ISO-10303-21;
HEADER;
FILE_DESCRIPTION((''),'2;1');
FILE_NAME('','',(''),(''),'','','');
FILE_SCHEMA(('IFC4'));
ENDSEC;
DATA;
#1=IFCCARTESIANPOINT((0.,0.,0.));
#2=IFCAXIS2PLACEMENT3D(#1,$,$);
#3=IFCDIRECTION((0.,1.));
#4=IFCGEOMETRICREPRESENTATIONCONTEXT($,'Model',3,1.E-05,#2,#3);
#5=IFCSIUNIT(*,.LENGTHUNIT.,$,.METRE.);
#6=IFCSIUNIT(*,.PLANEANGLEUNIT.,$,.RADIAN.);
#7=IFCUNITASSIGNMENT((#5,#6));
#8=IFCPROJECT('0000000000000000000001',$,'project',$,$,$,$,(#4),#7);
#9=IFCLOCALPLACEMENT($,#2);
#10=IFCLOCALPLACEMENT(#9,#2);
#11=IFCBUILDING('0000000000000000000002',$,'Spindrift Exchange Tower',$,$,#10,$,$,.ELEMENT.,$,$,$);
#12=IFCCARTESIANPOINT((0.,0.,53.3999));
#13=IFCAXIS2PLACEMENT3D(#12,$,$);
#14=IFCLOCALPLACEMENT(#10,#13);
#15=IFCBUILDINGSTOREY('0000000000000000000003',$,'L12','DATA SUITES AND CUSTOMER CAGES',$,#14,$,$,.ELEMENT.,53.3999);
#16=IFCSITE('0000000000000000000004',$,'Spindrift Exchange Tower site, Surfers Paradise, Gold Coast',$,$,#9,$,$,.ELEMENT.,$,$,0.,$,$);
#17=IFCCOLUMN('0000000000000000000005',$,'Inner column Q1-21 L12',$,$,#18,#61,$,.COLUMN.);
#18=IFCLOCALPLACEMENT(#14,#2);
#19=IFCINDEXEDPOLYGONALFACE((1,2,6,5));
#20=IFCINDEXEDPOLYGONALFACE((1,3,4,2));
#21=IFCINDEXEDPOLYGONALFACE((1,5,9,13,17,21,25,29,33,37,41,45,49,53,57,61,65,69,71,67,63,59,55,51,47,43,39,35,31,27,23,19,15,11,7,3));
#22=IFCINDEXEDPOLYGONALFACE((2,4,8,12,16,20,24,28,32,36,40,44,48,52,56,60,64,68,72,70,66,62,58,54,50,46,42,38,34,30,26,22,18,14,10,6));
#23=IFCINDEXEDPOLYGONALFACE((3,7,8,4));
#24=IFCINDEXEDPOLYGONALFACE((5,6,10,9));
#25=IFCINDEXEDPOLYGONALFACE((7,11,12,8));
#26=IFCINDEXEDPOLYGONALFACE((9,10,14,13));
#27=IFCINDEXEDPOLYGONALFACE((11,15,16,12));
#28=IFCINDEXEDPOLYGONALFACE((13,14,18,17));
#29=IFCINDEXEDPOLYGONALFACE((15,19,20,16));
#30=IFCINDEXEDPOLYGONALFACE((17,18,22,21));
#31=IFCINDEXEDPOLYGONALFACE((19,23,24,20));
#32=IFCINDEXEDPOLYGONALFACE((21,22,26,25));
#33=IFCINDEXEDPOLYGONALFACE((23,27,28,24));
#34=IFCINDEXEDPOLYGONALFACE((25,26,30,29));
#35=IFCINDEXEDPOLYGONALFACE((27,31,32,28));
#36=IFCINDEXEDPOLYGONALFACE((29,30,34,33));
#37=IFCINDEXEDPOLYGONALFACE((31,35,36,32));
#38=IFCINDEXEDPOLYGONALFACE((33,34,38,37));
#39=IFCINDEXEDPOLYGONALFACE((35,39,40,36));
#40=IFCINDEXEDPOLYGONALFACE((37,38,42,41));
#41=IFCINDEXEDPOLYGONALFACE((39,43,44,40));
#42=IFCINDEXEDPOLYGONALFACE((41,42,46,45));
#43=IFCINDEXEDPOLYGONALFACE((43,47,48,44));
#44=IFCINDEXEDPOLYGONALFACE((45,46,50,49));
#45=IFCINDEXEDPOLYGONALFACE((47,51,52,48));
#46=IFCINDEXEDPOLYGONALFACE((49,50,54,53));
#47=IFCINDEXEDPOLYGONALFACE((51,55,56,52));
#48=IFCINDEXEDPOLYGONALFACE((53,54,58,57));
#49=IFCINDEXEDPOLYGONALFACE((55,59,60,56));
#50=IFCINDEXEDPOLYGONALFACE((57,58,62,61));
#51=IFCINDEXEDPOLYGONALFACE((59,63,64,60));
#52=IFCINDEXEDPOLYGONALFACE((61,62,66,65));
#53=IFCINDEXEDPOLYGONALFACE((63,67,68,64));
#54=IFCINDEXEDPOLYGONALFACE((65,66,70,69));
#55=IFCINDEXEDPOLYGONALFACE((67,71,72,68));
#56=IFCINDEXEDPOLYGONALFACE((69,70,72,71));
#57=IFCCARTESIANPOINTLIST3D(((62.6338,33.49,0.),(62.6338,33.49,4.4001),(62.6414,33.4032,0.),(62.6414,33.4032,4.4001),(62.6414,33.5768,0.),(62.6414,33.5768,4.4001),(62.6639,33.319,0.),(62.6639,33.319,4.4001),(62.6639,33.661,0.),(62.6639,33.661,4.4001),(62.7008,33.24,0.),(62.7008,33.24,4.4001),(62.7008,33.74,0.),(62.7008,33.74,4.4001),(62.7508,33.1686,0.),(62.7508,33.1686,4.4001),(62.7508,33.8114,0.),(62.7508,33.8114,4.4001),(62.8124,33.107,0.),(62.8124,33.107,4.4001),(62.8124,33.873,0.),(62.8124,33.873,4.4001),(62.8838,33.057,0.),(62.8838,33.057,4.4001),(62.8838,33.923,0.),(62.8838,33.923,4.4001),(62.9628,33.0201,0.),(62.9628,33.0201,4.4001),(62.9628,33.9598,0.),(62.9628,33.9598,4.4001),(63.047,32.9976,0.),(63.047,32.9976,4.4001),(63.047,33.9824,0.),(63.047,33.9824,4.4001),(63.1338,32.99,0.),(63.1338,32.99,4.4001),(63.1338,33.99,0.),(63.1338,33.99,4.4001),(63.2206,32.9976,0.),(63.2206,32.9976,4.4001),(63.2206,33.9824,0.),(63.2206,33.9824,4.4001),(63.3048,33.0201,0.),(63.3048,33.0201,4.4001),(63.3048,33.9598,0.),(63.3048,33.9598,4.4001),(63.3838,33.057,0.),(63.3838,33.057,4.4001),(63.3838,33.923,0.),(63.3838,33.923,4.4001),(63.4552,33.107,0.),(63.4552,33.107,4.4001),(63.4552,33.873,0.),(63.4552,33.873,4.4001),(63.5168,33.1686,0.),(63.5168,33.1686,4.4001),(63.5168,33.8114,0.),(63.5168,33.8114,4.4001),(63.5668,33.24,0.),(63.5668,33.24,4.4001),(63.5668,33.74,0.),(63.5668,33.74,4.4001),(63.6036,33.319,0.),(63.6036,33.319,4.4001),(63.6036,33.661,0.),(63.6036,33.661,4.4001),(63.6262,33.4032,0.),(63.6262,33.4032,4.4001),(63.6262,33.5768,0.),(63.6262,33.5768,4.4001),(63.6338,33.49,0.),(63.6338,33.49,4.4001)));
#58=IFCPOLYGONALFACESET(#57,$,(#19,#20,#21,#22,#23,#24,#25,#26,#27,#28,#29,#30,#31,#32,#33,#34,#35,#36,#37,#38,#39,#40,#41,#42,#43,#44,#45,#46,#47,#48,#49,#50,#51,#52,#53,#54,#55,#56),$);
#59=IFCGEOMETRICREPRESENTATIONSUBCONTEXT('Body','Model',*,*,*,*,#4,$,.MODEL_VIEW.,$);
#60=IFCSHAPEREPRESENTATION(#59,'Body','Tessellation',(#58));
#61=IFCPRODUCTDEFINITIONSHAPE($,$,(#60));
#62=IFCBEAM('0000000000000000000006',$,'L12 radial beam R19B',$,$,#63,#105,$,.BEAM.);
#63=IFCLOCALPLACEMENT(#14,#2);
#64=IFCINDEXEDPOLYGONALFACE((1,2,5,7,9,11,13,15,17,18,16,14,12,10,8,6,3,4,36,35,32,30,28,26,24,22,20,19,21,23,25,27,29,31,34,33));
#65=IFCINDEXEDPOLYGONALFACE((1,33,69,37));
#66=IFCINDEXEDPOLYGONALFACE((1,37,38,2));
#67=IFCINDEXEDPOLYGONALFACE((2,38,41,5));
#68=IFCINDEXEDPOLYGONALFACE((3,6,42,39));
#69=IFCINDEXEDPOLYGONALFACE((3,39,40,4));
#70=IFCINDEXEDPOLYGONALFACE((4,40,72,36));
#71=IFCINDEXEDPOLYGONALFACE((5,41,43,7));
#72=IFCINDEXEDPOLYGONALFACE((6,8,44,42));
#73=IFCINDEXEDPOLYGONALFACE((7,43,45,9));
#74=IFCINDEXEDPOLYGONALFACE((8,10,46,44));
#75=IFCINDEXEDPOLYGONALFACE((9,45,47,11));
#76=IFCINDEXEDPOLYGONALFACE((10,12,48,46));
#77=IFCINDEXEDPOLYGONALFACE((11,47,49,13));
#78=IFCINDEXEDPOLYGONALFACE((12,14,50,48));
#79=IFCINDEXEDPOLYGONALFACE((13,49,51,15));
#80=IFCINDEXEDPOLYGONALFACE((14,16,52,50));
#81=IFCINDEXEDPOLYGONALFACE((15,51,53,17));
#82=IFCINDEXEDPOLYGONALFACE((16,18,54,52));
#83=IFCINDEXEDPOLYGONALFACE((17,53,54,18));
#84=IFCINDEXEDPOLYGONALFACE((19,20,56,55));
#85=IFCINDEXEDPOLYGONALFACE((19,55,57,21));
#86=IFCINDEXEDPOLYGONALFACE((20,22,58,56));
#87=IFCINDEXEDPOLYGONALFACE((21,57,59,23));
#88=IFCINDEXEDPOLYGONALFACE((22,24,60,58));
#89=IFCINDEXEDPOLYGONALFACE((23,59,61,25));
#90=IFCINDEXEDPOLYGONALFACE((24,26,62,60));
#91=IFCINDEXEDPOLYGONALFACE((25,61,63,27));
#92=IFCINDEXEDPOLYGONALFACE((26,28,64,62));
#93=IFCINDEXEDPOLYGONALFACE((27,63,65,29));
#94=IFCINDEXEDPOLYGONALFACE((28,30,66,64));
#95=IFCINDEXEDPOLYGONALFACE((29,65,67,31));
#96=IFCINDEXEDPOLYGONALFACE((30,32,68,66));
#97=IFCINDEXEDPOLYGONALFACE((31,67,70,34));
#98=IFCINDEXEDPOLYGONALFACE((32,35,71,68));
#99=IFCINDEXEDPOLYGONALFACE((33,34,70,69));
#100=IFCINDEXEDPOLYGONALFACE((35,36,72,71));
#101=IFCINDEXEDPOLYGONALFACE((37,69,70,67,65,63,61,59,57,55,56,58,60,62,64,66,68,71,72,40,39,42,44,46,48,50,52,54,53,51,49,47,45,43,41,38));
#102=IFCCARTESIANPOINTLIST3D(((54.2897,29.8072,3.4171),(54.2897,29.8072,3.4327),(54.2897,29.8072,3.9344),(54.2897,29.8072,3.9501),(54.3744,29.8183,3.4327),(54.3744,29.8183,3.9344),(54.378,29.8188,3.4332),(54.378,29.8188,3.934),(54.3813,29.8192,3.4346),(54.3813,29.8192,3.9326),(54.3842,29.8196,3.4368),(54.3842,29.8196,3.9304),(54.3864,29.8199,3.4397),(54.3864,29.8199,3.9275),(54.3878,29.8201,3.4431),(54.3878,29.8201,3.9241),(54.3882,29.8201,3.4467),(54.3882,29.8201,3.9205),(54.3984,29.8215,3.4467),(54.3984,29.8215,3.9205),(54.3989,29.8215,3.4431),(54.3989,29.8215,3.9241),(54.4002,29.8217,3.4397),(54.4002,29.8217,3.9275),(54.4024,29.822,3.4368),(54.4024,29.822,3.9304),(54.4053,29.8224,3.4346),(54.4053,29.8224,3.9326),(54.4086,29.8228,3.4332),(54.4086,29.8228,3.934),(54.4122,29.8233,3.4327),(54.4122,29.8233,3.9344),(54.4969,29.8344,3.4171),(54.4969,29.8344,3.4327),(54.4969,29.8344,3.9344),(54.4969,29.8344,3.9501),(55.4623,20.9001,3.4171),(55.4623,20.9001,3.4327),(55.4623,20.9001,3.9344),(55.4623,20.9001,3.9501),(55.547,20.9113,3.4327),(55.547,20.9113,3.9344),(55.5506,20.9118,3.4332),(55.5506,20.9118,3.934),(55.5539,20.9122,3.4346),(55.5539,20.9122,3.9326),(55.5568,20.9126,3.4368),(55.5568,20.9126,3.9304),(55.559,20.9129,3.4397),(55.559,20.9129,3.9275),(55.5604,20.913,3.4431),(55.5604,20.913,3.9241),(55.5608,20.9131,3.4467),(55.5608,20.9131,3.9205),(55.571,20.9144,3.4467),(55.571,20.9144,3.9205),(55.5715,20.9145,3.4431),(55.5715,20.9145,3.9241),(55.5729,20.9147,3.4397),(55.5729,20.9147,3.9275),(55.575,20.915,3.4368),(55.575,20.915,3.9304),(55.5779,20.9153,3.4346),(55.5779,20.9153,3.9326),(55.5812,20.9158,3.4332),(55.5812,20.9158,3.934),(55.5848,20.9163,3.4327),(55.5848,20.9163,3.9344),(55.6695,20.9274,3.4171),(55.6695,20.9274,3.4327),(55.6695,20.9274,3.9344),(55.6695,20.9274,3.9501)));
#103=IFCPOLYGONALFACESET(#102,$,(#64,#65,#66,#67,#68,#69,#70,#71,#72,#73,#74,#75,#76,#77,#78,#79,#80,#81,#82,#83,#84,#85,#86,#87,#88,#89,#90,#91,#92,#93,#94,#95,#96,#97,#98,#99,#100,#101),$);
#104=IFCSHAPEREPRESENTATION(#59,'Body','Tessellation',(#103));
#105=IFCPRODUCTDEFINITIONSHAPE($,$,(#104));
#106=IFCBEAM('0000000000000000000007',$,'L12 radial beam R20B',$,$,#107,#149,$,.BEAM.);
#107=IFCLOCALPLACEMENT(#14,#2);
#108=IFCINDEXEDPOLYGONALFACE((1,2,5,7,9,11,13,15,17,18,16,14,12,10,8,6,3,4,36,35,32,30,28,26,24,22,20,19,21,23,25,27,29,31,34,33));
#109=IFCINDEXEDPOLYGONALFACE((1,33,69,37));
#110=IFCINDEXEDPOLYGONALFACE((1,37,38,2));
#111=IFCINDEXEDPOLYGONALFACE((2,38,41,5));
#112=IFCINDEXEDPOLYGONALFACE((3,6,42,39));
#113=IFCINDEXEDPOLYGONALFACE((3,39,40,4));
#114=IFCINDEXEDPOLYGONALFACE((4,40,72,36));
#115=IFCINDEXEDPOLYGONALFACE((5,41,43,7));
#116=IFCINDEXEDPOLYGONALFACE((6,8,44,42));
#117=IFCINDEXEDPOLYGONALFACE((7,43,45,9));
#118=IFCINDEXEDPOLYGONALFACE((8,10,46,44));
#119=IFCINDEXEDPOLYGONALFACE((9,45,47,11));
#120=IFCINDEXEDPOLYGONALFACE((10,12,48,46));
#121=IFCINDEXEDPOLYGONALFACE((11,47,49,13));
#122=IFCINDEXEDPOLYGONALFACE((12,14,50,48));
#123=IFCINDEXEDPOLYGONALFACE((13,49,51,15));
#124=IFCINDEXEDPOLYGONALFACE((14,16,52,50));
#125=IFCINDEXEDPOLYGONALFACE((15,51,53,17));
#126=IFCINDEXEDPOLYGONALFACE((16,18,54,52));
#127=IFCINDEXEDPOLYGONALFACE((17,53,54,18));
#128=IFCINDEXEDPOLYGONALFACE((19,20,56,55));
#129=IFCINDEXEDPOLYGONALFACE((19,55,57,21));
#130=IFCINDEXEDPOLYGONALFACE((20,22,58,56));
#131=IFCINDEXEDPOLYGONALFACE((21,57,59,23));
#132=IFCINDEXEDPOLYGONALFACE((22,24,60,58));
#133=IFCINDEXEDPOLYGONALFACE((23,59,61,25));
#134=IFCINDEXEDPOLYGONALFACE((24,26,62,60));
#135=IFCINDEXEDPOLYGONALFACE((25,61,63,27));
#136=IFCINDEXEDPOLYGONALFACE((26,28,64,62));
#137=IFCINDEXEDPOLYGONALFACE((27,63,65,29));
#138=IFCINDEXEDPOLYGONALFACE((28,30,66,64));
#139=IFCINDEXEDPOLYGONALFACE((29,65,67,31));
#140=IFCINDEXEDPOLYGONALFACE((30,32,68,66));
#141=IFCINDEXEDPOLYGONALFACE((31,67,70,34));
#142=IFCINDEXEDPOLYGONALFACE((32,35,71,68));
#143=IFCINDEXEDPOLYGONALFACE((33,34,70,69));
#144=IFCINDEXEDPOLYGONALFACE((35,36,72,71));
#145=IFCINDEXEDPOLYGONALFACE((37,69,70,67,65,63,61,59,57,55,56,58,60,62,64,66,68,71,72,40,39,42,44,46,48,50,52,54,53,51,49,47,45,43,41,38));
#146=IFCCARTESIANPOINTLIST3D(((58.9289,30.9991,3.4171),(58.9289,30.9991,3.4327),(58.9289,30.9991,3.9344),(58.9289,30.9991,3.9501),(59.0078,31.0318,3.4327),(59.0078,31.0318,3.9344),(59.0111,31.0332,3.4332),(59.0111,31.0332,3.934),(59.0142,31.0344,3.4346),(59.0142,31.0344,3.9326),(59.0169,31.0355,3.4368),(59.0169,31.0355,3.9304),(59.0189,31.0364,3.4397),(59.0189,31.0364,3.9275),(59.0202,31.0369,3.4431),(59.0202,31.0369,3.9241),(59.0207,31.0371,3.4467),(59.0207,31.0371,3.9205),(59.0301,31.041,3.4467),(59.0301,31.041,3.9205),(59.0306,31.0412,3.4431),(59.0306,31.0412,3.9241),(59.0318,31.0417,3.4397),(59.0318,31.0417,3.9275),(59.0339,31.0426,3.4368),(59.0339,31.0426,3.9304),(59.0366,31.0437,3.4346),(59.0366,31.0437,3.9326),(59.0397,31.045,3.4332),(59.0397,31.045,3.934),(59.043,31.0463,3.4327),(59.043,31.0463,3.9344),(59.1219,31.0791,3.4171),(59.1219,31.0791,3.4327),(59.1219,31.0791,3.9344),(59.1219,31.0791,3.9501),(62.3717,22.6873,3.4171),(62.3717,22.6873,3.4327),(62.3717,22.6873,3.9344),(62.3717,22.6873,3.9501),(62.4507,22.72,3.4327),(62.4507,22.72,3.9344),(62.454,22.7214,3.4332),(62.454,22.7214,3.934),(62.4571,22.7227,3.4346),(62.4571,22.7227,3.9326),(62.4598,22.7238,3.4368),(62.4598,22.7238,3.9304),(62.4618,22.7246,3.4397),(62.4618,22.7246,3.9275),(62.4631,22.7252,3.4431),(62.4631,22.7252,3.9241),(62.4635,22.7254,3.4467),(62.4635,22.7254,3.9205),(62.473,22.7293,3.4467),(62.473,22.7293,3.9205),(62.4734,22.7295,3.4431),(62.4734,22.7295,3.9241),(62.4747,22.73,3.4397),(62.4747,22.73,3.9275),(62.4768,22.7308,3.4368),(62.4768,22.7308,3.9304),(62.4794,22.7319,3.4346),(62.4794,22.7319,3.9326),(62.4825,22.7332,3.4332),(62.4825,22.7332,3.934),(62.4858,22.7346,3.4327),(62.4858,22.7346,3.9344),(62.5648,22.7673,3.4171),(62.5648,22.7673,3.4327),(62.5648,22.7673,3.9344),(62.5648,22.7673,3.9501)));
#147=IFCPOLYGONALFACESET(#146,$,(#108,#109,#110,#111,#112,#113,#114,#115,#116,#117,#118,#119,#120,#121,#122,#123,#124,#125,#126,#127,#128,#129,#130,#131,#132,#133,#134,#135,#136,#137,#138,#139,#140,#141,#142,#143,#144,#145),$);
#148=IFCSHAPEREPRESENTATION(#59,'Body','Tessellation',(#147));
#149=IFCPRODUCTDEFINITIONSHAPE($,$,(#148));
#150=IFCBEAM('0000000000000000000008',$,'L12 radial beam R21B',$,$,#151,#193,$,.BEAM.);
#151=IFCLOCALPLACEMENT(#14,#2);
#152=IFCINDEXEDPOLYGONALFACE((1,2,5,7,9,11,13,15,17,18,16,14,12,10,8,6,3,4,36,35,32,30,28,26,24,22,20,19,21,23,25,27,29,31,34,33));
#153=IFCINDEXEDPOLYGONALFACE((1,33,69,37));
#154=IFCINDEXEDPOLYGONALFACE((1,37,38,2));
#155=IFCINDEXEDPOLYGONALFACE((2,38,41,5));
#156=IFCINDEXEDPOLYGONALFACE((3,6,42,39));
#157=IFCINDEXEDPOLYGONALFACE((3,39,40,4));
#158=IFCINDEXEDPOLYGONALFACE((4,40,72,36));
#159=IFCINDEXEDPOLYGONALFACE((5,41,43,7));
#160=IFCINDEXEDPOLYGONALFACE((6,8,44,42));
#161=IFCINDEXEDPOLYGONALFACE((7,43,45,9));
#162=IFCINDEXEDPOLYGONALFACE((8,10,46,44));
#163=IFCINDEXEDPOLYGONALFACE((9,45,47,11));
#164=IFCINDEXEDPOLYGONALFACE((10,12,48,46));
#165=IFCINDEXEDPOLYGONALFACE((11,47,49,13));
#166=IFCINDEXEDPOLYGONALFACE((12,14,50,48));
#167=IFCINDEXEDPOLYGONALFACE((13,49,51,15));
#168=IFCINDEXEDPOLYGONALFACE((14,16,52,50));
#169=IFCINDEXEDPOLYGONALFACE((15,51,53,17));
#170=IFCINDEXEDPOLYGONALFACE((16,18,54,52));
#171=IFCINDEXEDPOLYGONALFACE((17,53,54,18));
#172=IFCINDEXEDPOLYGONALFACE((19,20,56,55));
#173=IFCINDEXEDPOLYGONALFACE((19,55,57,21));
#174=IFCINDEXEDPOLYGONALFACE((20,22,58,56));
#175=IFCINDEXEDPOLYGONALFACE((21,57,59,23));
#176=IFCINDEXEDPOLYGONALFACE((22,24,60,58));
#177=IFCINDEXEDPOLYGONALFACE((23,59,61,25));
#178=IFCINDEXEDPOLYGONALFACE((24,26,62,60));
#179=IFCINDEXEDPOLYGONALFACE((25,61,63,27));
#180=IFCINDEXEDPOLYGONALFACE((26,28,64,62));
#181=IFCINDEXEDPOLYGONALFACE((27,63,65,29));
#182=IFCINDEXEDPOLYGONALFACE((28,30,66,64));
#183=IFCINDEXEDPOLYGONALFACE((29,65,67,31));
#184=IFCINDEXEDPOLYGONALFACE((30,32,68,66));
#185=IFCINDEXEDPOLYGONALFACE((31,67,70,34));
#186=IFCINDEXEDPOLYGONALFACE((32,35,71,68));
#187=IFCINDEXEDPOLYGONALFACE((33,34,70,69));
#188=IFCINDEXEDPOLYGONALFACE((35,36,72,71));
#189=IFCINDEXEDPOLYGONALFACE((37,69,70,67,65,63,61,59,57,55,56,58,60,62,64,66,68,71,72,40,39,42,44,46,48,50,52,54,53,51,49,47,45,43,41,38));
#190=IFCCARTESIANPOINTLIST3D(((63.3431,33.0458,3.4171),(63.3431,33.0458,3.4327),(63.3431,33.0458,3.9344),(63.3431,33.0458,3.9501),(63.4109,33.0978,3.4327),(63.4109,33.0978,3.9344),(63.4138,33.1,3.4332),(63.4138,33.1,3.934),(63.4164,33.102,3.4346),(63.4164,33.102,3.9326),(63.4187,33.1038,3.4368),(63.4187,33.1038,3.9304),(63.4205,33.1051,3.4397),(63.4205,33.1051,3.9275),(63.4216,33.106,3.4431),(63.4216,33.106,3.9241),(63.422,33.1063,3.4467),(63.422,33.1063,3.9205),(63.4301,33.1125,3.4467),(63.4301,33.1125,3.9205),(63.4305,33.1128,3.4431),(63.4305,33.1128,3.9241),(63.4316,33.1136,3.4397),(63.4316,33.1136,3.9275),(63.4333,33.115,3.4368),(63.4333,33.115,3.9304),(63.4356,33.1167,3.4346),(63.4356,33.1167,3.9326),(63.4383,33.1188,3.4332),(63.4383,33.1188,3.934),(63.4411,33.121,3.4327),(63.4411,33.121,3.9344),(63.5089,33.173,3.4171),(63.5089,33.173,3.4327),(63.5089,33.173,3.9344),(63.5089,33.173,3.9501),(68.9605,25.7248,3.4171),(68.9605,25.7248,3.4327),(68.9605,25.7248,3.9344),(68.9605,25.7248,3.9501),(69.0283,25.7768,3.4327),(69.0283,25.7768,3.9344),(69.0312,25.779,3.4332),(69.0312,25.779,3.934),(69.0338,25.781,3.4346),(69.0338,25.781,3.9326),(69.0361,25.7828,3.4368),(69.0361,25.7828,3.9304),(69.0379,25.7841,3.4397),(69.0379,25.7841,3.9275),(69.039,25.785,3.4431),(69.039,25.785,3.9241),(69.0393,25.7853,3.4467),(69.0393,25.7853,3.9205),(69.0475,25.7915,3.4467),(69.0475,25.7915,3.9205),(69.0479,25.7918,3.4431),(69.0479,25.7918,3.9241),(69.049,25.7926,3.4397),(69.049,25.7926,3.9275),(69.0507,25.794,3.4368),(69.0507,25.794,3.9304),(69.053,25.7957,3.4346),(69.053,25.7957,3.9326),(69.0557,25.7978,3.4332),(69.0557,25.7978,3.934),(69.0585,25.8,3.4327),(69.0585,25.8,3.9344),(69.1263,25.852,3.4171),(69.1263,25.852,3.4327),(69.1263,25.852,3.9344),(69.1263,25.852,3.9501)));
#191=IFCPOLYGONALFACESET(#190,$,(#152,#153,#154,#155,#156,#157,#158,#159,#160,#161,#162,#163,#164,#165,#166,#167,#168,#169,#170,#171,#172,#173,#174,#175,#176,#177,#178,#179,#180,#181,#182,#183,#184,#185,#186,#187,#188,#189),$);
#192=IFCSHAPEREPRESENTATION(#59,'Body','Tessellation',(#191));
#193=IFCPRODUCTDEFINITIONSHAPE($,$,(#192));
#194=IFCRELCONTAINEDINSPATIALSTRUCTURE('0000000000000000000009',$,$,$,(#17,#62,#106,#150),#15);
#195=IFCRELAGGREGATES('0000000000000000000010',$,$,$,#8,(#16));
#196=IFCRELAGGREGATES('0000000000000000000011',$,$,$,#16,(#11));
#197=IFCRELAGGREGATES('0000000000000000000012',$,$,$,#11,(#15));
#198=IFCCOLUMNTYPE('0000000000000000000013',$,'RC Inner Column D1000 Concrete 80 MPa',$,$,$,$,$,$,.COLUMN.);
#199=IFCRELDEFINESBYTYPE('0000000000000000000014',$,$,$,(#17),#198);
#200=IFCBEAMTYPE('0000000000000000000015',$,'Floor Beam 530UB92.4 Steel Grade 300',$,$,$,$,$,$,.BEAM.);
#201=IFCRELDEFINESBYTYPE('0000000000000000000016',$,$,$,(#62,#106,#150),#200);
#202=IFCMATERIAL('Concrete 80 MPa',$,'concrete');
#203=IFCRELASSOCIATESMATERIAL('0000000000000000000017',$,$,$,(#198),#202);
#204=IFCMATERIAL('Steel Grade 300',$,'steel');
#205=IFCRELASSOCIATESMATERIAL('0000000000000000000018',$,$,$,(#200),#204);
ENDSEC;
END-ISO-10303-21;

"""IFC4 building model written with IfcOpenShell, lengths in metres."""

from ifc_helpers import new_model, si_unit, direction, frame, origin, origin_2d, place, context, subcontext, project, spatial, circle, i_section, extrude, source, transform, mapped, material, material_profile, profile_set, type_object, element, save


model = new_model("IFC4")

# Units and contexts
model_context = context("Model", 3, precision=1e-05, world=origin(), true_north=direction((0.0, 1.0)))
body_context = subcontext(model_context, "Body", "Model", "MODEL_VIEW")
ifc_project = project(units=[si_unit("LENGTHUNIT", "METRE"), si_unit("PLANEANGLEUNIT", "RADIAN")], contexts=[model_context])

# Site, building, storey
site_placement = place(None, origin())
site = spatial("IfcSite", under=ifc_project, at=site_placement, Name="Spindrift Exchange Tower site, Surfers Paradise, Gold Coast", CompositionType="ELEMENT", RefElevation=0.0)
building_placement = place(site_placement, origin())
building = spatial("IfcBuilding", under=site, at=building_placement, Name="Spindrift Exchange Tower", CompositionType="ELEMENT")
storey_placement = place(building_placement, frame((0.0, 0.0, 53.3999)))
storey = spatial("IfcBuildingStorey", under=building, at=storey_placement, Name="L12", Description="DATA SUITES AND CUSTOMER CAGES", CompositionType="ELEMENT", Elevation=53.3999)

# Column
ifc_material_1 = material(Name="Concrete 80 MPa", Category="concrete")
ifc_material_profile_1 = material_profile(ifc_material_1, circle(Radius=0.5, at=origin_2d()), Name="RC D1000")
ifc_profile_set_1 = profile_set([ifc_material_profile_1], Name="Concrete 80 MPa")
column_type_1 = type_object("IfcColumnType", Name="RC Inner Column D1000 Concrete 80 MPa", PredefinedType="COLUMN", material=ifc_profile_set_1)
shared_shape_1 = source(origin(), body_context, "Body", "SweptSolid", [
    extrude(circle(Radius=0.5, at=origin_2d()), origin(), (0.0, 0.0, 1.0), 4.4001),
])
for number, where, z_axis, x_axis, name in (
    (1, (63.1338, 33.49, 0.0), (0.0, 0.0, 1.0), (1.0, 0.0, 0.0), "Inner column Q1-21 L12"),
):
    element("IfcColumn", number, at=place(storey_placement, frame(where, z_axis=z_axis, x_axis=x_axis)), inside=storey, type_object=column_type_1, Name=name, PredefinedType="COLUMN", context=body_context, shape_type="MappedRepresentation", body=[
        mapped(shared_shape_1, transform((0.0, 0.0, 0.0), scale=1.0)),
    ])

# Beams
ifc_material_2 = material(Name="Steel Grade 300", Category="steel")
ifc_material_profile_2 = material_profile(ifc_material_2, i_section(OverallWidth=0.209, OverallDepth=0.533, WebThickness=0.0103, FlangeThickness=0.0156, FilletRadius=0.0139, at=origin_2d()), Name="530UB92.4")
ifc_profile_set_2 = profile_set([ifc_material_profile_2], Name="Steel Grade 300")
beam_type_1 = type_object("IfcBeamType", Name="Floor Beam 530UB92.4 Steel Grade 300", PredefinedType="BEAM", material=ifc_profile_set_2)
shared_shape_2 = source(origin(), body_context, "Body", "SweptSolid", [
    extrude(i_section(OverallWidth=0.209, OverallDepth=0.533, WebThickness=0.0103, FlangeThickness=0.0156, FilletRadius=0.0139, at=origin_2d()), origin(), (0.0, 0.0, 1.0), 8.9839),
])
beam_1_placement = place(storey_placement, frame((54.3933, 29.8208, 3.6836), z_axis=(0.130524, -0.991445, 0.0), x_axis=(0.991445, 0.130524, 0.0)))
element("IfcBeam", 2, at=beam_1_placement, inside=storey, type_object=beam_type_1, Name="L12 radial beam R19B", PredefinedType="BEAM", context=body_context, shape_type="MappedRepresentation", body=[
    mapped(shared_shape_2, transform((0.0, 0.0, 0.0), scale=1.0)),
])
shared_shape_3 = source(origin(), body_context, "Body", "SweptSolid", [
    extrude(i_section(OverallWidth=0.209, OverallDepth=0.533, WebThickness=0.0103, FlangeThickness=0.0156, FilletRadius=0.0139, at=origin_2d()), origin(), (0.0, 0.0, 1.0), 8.9966),
])
beam_2_placement = place(storey_placement, frame((59.0254, 31.0391, 3.6836), z_axis=(0.382686, -0.923879, 0.0), x_axis=(0.923879, 0.382686, 0.0)))
element("IfcBeam", 3, at=beam_2_placement, inside=storey, type_object=beam_type_1, Name="L12 radial beam R20B", PredefinedType="BEAM", context=body_context, shape_type="MappedRepresentation", body=[
    mapped(shared_shape_3, transform((0.0, 0.0, 0.0), scale=1.0)),
])
shared_shape_4 = source(origin(), body_context, "Body", "SweptSolid", [
    extrude(i_section(OverallWidth=0.209, OverallDepth=0.533, WebThickness=0.0103, FlangeThickness=0.0156, FilletRadius=0.0139, at=origin_2d()), origin(), (0.0, 0.0, 1.0), 9.2278),
])
beam_3_placement = place(storey_placement, frame((63.426, 33.1094, 3.6836), z_axis=(0.608748, -0.793364, 0.0), x_axis=(0.793364, 0.608748, 0.0)))
element("IfcBeam", 4, at=beam_3_placement, inside=storey, type_object=beam_type_1, Name="L12 radial beam R21B", PredefinedType="BEAM", context=body_context, shape_type="MappedRepresentation", body=[
    mapped(shared_shape_4, transform((0.0, 0.0, 0.0), scale=1.0)),
])

save(model, "model.ifc")
